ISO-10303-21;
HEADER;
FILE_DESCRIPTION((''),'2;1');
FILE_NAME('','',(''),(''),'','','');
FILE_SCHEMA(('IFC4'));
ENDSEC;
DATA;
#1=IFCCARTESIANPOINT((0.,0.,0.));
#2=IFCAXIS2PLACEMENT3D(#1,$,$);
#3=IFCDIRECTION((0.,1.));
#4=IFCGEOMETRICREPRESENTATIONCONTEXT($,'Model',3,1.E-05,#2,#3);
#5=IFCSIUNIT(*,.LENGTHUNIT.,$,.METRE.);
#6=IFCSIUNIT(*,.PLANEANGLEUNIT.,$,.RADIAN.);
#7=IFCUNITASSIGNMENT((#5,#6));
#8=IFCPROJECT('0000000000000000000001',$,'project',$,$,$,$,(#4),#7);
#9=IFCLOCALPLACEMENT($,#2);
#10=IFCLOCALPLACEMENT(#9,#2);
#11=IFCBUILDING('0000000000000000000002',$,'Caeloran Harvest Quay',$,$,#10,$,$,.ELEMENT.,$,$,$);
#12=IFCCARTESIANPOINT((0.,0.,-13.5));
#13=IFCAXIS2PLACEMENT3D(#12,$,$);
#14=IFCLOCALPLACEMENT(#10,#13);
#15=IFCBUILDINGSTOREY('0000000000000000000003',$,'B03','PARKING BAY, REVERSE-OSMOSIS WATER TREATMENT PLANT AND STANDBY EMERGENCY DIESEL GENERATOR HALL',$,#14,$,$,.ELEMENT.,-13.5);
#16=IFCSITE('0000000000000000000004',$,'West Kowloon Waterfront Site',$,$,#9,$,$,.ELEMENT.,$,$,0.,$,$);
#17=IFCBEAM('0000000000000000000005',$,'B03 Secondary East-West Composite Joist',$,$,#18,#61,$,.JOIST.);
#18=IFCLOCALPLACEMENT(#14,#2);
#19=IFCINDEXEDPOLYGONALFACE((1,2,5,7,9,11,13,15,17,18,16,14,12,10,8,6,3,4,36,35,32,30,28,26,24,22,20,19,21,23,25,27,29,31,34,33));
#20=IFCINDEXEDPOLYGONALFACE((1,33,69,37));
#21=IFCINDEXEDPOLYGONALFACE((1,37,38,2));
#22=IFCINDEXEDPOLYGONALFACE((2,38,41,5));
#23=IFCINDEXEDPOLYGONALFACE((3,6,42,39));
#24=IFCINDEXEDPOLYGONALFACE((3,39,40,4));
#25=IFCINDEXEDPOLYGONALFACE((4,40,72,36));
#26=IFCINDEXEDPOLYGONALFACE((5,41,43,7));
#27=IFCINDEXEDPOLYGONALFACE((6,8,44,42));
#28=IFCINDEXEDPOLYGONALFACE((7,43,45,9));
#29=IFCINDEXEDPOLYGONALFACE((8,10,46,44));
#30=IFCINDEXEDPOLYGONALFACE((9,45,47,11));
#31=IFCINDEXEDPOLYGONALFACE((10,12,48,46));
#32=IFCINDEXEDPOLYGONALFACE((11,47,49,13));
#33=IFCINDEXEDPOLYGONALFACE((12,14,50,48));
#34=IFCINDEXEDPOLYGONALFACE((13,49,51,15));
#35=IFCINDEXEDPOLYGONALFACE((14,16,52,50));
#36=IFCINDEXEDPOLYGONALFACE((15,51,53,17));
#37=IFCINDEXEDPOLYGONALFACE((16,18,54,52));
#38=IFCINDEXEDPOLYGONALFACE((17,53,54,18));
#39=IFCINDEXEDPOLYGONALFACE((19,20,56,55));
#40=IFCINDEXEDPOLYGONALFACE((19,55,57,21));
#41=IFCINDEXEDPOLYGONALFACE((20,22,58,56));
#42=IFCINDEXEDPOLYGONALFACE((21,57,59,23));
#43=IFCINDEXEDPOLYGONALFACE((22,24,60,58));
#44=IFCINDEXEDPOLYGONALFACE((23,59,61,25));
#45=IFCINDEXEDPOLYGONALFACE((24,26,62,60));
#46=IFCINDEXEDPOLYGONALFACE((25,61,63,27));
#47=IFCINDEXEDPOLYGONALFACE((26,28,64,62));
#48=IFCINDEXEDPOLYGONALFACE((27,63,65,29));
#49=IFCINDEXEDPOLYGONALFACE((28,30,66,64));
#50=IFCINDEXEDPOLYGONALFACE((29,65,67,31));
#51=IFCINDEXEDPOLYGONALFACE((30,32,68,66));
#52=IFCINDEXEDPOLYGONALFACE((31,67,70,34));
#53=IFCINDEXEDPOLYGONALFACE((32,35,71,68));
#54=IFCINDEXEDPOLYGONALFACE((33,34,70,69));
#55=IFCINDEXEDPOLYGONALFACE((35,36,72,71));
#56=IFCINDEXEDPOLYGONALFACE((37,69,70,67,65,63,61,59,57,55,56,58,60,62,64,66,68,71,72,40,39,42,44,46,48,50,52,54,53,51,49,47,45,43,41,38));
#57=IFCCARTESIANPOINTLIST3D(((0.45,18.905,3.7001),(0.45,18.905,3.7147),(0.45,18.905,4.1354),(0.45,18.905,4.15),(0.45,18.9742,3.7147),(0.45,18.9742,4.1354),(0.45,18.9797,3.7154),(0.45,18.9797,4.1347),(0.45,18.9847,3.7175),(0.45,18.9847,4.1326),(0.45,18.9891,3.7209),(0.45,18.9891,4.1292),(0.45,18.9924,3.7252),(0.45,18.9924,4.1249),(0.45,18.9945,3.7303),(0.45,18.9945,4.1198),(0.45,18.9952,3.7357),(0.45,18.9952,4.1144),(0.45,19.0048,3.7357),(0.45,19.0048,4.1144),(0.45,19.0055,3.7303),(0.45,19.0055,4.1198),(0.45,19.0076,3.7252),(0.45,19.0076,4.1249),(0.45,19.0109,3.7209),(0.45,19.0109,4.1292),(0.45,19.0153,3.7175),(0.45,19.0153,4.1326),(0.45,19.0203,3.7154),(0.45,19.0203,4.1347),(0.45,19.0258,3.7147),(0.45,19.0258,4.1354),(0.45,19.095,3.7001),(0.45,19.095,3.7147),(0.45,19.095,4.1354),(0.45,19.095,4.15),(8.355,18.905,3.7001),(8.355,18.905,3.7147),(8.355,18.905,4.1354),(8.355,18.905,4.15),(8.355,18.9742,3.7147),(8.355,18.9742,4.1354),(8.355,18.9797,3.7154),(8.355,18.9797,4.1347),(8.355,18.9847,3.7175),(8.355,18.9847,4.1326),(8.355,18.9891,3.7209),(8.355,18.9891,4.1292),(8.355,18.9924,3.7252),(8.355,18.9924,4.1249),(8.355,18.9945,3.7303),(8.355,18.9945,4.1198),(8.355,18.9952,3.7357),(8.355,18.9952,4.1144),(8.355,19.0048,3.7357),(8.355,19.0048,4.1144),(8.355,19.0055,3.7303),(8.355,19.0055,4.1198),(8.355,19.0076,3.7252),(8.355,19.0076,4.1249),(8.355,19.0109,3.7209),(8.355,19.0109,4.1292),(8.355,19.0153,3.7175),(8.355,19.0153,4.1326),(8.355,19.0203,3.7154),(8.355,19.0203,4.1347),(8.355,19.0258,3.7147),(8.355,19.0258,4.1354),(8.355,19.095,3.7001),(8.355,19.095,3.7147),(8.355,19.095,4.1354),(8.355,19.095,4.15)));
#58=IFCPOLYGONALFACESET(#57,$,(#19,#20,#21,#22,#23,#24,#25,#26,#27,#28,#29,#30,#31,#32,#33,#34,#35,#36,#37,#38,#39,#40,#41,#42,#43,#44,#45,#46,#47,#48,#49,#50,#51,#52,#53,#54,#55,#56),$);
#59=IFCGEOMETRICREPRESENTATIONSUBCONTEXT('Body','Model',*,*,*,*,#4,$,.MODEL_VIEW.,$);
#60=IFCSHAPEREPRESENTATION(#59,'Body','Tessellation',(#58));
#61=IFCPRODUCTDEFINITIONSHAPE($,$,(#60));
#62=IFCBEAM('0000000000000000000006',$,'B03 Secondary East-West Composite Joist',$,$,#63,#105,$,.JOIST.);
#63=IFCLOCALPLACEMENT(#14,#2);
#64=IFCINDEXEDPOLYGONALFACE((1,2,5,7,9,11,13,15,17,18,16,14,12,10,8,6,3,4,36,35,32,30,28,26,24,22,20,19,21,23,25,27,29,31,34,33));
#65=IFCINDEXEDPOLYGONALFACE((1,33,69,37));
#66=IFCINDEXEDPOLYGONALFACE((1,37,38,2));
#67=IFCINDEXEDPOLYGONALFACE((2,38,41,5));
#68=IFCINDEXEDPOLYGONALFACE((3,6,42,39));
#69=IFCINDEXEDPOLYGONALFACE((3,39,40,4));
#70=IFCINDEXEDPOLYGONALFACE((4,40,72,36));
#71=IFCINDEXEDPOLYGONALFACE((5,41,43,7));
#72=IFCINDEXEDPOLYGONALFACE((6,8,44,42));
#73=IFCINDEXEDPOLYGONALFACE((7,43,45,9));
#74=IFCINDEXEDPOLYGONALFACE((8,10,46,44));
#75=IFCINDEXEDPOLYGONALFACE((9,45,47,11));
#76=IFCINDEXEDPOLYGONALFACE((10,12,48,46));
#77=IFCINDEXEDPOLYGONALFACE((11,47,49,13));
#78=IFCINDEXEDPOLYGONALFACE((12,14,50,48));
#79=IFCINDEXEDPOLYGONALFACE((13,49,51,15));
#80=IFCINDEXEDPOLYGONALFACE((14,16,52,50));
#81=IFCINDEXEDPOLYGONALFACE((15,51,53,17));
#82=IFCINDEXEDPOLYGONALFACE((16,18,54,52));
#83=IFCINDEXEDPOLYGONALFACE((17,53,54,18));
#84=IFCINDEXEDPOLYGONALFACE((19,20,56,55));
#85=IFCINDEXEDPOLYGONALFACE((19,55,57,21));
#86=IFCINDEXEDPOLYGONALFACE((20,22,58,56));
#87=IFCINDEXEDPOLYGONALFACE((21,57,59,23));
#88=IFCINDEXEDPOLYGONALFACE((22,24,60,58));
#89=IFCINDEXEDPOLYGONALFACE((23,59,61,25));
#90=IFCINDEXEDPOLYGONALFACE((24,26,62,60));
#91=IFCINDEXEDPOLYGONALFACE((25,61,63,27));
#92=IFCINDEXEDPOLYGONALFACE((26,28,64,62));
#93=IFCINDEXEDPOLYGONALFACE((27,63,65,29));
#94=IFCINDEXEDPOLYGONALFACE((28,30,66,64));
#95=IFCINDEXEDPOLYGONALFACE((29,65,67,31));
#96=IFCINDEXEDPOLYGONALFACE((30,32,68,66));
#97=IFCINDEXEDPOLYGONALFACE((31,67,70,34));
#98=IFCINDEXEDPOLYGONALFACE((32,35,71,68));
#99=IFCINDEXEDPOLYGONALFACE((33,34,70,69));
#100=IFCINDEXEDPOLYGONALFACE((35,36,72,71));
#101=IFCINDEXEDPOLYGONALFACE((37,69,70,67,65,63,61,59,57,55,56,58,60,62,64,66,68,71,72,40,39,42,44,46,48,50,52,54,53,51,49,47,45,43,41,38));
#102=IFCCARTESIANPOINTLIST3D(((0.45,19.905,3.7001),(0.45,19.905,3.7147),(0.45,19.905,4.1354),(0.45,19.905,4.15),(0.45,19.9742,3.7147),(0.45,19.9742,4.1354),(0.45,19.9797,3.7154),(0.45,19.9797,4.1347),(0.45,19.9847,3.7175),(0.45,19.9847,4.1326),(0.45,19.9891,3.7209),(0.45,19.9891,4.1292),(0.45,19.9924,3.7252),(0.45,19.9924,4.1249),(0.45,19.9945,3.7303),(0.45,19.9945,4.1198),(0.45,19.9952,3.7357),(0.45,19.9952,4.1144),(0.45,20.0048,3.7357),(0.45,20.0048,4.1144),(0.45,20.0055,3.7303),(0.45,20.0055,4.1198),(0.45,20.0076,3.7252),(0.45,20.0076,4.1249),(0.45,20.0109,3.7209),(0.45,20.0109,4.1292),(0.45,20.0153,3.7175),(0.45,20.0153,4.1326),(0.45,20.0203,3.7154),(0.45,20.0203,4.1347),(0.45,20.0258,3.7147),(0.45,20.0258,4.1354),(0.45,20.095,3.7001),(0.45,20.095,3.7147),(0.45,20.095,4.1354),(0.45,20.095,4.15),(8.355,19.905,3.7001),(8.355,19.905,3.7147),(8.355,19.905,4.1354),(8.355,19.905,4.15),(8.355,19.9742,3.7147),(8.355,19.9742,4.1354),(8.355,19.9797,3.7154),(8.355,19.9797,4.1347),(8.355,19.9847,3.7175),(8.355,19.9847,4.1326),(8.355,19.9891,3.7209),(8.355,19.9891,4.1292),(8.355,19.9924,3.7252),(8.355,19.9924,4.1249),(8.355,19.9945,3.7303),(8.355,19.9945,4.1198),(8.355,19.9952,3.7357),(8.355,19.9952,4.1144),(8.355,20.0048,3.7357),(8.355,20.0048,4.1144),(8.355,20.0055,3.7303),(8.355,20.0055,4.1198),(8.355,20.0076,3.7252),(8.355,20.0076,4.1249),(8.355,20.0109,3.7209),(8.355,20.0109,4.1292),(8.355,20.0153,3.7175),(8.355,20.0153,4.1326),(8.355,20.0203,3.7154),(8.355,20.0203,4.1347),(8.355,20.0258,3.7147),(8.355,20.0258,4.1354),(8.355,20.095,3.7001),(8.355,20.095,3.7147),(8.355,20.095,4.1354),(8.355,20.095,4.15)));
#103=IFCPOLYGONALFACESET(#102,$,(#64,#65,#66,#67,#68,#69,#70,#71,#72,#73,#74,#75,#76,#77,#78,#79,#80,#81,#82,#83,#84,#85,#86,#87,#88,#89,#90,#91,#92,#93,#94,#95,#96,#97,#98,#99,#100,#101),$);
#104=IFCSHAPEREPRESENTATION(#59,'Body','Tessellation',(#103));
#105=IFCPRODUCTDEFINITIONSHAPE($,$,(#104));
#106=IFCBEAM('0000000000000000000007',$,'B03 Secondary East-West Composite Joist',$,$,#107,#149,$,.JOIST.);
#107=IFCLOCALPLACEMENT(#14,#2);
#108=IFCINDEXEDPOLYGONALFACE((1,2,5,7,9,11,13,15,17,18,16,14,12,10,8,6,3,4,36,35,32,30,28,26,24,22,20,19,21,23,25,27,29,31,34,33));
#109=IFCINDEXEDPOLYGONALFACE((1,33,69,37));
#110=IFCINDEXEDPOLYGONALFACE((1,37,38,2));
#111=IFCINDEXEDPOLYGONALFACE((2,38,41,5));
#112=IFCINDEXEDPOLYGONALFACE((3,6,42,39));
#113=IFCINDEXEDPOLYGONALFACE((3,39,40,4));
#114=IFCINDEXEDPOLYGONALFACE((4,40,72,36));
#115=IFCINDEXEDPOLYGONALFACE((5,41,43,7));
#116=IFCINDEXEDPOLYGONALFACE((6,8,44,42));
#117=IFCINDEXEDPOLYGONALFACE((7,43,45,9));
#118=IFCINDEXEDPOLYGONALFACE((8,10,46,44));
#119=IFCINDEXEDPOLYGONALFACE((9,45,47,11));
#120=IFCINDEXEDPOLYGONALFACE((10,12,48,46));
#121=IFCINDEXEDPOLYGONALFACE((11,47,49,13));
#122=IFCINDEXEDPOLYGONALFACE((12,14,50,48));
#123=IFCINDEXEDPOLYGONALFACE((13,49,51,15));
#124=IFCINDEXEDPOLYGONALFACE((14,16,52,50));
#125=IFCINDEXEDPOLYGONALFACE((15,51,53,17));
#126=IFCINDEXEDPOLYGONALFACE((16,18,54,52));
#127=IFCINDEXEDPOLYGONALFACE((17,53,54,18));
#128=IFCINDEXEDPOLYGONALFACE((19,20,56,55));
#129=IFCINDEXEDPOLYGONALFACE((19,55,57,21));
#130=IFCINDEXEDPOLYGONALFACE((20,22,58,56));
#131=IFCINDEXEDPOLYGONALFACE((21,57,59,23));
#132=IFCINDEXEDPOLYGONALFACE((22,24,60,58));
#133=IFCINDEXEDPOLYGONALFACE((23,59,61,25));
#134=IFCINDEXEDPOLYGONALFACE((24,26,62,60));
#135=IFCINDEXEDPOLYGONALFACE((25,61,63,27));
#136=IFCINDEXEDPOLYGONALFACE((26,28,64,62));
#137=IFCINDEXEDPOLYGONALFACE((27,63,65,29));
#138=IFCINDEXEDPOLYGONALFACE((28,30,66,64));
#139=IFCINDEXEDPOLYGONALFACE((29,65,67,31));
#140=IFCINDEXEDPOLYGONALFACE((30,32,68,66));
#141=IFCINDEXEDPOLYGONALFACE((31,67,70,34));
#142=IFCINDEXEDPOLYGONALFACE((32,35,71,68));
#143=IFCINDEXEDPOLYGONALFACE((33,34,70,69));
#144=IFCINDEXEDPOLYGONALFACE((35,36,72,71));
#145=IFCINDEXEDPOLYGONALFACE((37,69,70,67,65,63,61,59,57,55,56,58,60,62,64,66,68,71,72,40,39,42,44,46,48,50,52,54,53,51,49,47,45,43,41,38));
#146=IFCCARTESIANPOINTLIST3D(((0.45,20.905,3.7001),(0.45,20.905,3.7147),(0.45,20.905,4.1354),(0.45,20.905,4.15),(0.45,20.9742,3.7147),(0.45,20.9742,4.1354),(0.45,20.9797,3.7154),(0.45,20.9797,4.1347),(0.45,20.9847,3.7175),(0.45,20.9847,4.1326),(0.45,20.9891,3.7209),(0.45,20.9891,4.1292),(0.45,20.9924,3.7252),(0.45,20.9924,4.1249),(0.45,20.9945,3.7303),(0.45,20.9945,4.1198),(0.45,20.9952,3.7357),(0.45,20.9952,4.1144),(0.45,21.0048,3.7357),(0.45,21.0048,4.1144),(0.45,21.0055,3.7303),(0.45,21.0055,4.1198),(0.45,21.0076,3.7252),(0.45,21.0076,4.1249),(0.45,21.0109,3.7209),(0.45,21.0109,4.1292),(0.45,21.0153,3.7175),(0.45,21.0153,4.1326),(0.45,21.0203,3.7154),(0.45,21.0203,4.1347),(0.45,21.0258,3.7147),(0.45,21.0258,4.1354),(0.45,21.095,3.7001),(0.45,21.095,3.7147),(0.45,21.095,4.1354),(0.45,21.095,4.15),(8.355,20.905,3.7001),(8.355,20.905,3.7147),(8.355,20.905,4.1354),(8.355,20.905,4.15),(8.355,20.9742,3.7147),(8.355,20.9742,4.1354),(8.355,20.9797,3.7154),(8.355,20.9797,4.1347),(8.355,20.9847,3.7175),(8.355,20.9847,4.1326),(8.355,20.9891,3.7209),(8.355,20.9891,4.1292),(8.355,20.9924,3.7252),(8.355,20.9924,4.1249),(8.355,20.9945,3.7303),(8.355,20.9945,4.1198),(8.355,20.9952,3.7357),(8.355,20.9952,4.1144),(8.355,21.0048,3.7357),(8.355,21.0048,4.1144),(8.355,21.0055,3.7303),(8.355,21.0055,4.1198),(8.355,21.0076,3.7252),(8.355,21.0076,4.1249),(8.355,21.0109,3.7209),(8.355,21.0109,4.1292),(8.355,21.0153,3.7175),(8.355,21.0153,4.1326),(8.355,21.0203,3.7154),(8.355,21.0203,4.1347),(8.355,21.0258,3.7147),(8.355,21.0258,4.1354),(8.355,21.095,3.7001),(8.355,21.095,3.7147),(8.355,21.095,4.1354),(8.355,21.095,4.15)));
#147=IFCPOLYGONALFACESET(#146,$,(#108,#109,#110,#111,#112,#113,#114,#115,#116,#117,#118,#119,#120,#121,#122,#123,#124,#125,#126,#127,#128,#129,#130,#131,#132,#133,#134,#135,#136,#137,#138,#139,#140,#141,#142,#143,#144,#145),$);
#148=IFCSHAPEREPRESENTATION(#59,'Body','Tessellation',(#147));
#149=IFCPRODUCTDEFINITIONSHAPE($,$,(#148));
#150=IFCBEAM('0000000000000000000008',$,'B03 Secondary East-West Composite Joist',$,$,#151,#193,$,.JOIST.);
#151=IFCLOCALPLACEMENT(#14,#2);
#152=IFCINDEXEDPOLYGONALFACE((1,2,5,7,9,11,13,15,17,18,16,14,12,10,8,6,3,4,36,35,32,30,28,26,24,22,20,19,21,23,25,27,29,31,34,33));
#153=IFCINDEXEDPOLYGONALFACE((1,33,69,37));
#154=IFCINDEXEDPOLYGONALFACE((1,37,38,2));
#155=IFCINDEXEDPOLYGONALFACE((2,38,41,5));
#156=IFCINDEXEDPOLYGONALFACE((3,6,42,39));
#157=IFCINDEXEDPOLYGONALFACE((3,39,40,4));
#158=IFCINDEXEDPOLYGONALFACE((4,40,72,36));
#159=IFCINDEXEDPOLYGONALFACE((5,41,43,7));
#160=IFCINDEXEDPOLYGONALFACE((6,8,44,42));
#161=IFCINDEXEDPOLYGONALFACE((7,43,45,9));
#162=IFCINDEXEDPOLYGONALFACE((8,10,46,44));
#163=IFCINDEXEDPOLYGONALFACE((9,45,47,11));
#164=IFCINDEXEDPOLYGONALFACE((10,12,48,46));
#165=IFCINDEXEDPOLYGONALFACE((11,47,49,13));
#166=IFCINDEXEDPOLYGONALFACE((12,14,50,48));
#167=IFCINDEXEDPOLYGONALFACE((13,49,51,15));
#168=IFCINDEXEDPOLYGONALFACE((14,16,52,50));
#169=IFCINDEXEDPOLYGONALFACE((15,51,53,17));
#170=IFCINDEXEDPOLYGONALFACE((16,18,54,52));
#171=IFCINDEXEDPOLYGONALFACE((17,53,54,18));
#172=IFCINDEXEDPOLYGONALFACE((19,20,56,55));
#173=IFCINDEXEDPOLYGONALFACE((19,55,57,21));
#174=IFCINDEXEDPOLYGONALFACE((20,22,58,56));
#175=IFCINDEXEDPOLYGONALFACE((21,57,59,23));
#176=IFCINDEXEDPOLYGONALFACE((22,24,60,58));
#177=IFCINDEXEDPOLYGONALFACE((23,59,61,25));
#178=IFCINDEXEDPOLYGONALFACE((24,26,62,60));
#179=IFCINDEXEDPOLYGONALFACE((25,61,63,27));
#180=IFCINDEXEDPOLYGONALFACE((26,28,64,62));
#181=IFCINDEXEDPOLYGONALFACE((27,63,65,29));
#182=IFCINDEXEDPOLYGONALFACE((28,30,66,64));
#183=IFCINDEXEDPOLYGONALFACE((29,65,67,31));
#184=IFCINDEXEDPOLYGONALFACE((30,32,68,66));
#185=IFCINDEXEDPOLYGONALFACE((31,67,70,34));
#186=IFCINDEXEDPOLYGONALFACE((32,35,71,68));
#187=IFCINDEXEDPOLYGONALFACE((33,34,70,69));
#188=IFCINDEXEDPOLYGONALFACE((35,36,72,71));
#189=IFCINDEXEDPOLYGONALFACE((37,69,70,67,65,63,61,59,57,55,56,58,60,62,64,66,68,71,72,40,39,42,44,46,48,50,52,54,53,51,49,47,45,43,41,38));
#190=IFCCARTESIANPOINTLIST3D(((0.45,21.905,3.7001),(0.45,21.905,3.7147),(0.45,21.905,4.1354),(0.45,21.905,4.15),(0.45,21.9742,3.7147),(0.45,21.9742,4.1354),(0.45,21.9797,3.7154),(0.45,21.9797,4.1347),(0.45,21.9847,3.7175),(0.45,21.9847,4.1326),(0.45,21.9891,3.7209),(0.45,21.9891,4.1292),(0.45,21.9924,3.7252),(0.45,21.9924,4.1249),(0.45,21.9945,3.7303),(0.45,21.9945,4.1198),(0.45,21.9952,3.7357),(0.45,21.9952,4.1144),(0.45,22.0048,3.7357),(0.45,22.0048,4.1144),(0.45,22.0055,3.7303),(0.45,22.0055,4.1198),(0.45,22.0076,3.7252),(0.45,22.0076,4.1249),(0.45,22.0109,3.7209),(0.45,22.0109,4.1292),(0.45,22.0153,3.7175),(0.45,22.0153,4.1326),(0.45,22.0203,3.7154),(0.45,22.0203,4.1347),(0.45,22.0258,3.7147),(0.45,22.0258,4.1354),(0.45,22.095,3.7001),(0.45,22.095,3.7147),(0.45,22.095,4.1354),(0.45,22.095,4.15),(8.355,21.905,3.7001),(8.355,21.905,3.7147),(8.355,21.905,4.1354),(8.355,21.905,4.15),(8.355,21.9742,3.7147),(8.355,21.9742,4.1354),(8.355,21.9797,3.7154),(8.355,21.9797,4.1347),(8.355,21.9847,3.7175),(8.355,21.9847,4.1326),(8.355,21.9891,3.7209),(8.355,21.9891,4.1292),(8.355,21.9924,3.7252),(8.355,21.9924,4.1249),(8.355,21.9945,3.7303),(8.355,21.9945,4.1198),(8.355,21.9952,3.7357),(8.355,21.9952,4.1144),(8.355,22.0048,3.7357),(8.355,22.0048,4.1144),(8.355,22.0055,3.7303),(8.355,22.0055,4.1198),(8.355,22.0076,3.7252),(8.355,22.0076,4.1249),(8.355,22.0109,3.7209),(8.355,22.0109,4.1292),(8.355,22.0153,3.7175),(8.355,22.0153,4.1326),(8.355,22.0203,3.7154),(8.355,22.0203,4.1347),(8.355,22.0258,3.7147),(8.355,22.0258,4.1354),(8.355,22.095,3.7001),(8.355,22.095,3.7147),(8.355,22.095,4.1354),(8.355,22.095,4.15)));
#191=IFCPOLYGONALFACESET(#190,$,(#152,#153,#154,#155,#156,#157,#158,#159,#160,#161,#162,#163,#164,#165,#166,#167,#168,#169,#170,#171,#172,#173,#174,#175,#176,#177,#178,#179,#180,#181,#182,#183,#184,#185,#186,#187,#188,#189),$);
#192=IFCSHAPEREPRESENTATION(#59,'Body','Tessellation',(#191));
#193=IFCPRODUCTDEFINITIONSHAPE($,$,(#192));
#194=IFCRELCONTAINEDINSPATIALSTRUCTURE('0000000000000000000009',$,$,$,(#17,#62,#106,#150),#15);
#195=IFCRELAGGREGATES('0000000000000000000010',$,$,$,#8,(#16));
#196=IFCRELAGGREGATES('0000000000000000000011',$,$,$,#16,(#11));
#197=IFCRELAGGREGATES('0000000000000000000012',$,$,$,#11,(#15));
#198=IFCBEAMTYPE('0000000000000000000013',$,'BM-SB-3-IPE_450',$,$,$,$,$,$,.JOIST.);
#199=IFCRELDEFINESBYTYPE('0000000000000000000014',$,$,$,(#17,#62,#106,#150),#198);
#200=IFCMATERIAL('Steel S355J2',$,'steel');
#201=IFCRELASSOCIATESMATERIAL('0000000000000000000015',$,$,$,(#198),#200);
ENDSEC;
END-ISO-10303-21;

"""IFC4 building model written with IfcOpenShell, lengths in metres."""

from ifc_helpers import new_model, si_unit, direction, frame, origin, origin_2d, place, context, subcontext, project, spatial, i_section, extrude, material, material_profile, profile_set, type_object, element, save


model = new_model("IFC4")

# Units and contexts
model_context = context("Model", 3, precision=1e-05, world=origin(), true_north=direction((0.0, 1.0)))
body_context = subcontext(model_context, "Body", "Model", "MODEL_VIEW")
ifc_project = project(units=[si_unit("LENGTHUNIT", "METRE"), si_unit("PLANEANGLEUNIT", "RADIAN")], contexts=[model_context])

# Site, building, storey
site_placement = place(None, origin())
site = spatial("IfcSite", under=ifc_project, at=site_placement, Name="West Kowloon Waterfront Site", CompositionType="ELEMENT", RefElevation=0.0)
building_placement = place(site_placement, origin())
building = spatial("IfcBuilding", under=site, at=building_placement, Name="Caeloran Harvest Quay", CompositionType="ELEMENT")
storey_placement = place(building_placement, frame((0.0, 0.0, -13.5)))
storey = spatial("IfcBuildingStorey", under=building, at=storey_placement, Name="B03", Description="PARKING BAY, REVERSE-OSMOSIS WATER TREATMENT PLANT AND STANDBY EMERGENCY DIESEL GENERATOR HALL", CompositionType="ELEMENT", Elevation=-13.5)

# Beams
ifc_material_1 = material(Name="Steel S355J2", Category="steel")
ifc_material_profile_1 = material_profile(ifc_material_1, i_section(OverallWidth=0.1899, OverallDepth=0.45, WebThickness=0.0095, FlangeThickness=0.0146, FilletRadius=0.021, at=origin_2d()), Name="IPE 450")
ifc_profile_set_1 = profile_set([ifc_material_profile_1], Name="Steel S355J2")
beam_type_1 = type_object("IfcBeamType", Name="BM-SB-3-IPE_450", PredefinedType="JOIST", material=ifc_profile_set_1)
for number, where, z_axis, x_axis, name in (
    (1, (0.45, 19.0, 3.925), (1.0, 0.0, 0.0), (0.0, 1.0, 0.0), "B03 Secondary East-West Composite Joist"),
    (2, (0.45, 20.0, 3.925), (1.0, 0.0, 0.0), (0.0, 1.0, 0.0), "B03 Secondary East-West Composite Joist"),
    (3, (0.45, 21.0, 3.925), (1.0, 0.0, 0.0), (0.0, 1.0, 0.0), "B03 Secondary East-West Composite Joist"),
    (4, (0.45, 22.0, 3.925), (1.0, 0.0, 0.0), (0.0, 1.0, 0.0), "B03 Secondary East-West Composite Joist"),
):
    element("IfcBeam", number, at=place(storey_placement, frame(where, z_axis=z_axis, x_axis=x_axis)), inside=storey, type_object=beam_type_1, Name=name, PredefinedType="JOIST", context=body_context, shape_type="SweptSolid", body=[
        extrude(i_section(OverallWidth=0.1899, OverallDepth=0.45, WebThickness=0.0095, FlangeThickness=0.0146, FilletRadius=0.021, at=origin_2d()), origin(), (0.0, 0.0, 1.0), 7.905),
    ])

save(model, "model.ifc")
